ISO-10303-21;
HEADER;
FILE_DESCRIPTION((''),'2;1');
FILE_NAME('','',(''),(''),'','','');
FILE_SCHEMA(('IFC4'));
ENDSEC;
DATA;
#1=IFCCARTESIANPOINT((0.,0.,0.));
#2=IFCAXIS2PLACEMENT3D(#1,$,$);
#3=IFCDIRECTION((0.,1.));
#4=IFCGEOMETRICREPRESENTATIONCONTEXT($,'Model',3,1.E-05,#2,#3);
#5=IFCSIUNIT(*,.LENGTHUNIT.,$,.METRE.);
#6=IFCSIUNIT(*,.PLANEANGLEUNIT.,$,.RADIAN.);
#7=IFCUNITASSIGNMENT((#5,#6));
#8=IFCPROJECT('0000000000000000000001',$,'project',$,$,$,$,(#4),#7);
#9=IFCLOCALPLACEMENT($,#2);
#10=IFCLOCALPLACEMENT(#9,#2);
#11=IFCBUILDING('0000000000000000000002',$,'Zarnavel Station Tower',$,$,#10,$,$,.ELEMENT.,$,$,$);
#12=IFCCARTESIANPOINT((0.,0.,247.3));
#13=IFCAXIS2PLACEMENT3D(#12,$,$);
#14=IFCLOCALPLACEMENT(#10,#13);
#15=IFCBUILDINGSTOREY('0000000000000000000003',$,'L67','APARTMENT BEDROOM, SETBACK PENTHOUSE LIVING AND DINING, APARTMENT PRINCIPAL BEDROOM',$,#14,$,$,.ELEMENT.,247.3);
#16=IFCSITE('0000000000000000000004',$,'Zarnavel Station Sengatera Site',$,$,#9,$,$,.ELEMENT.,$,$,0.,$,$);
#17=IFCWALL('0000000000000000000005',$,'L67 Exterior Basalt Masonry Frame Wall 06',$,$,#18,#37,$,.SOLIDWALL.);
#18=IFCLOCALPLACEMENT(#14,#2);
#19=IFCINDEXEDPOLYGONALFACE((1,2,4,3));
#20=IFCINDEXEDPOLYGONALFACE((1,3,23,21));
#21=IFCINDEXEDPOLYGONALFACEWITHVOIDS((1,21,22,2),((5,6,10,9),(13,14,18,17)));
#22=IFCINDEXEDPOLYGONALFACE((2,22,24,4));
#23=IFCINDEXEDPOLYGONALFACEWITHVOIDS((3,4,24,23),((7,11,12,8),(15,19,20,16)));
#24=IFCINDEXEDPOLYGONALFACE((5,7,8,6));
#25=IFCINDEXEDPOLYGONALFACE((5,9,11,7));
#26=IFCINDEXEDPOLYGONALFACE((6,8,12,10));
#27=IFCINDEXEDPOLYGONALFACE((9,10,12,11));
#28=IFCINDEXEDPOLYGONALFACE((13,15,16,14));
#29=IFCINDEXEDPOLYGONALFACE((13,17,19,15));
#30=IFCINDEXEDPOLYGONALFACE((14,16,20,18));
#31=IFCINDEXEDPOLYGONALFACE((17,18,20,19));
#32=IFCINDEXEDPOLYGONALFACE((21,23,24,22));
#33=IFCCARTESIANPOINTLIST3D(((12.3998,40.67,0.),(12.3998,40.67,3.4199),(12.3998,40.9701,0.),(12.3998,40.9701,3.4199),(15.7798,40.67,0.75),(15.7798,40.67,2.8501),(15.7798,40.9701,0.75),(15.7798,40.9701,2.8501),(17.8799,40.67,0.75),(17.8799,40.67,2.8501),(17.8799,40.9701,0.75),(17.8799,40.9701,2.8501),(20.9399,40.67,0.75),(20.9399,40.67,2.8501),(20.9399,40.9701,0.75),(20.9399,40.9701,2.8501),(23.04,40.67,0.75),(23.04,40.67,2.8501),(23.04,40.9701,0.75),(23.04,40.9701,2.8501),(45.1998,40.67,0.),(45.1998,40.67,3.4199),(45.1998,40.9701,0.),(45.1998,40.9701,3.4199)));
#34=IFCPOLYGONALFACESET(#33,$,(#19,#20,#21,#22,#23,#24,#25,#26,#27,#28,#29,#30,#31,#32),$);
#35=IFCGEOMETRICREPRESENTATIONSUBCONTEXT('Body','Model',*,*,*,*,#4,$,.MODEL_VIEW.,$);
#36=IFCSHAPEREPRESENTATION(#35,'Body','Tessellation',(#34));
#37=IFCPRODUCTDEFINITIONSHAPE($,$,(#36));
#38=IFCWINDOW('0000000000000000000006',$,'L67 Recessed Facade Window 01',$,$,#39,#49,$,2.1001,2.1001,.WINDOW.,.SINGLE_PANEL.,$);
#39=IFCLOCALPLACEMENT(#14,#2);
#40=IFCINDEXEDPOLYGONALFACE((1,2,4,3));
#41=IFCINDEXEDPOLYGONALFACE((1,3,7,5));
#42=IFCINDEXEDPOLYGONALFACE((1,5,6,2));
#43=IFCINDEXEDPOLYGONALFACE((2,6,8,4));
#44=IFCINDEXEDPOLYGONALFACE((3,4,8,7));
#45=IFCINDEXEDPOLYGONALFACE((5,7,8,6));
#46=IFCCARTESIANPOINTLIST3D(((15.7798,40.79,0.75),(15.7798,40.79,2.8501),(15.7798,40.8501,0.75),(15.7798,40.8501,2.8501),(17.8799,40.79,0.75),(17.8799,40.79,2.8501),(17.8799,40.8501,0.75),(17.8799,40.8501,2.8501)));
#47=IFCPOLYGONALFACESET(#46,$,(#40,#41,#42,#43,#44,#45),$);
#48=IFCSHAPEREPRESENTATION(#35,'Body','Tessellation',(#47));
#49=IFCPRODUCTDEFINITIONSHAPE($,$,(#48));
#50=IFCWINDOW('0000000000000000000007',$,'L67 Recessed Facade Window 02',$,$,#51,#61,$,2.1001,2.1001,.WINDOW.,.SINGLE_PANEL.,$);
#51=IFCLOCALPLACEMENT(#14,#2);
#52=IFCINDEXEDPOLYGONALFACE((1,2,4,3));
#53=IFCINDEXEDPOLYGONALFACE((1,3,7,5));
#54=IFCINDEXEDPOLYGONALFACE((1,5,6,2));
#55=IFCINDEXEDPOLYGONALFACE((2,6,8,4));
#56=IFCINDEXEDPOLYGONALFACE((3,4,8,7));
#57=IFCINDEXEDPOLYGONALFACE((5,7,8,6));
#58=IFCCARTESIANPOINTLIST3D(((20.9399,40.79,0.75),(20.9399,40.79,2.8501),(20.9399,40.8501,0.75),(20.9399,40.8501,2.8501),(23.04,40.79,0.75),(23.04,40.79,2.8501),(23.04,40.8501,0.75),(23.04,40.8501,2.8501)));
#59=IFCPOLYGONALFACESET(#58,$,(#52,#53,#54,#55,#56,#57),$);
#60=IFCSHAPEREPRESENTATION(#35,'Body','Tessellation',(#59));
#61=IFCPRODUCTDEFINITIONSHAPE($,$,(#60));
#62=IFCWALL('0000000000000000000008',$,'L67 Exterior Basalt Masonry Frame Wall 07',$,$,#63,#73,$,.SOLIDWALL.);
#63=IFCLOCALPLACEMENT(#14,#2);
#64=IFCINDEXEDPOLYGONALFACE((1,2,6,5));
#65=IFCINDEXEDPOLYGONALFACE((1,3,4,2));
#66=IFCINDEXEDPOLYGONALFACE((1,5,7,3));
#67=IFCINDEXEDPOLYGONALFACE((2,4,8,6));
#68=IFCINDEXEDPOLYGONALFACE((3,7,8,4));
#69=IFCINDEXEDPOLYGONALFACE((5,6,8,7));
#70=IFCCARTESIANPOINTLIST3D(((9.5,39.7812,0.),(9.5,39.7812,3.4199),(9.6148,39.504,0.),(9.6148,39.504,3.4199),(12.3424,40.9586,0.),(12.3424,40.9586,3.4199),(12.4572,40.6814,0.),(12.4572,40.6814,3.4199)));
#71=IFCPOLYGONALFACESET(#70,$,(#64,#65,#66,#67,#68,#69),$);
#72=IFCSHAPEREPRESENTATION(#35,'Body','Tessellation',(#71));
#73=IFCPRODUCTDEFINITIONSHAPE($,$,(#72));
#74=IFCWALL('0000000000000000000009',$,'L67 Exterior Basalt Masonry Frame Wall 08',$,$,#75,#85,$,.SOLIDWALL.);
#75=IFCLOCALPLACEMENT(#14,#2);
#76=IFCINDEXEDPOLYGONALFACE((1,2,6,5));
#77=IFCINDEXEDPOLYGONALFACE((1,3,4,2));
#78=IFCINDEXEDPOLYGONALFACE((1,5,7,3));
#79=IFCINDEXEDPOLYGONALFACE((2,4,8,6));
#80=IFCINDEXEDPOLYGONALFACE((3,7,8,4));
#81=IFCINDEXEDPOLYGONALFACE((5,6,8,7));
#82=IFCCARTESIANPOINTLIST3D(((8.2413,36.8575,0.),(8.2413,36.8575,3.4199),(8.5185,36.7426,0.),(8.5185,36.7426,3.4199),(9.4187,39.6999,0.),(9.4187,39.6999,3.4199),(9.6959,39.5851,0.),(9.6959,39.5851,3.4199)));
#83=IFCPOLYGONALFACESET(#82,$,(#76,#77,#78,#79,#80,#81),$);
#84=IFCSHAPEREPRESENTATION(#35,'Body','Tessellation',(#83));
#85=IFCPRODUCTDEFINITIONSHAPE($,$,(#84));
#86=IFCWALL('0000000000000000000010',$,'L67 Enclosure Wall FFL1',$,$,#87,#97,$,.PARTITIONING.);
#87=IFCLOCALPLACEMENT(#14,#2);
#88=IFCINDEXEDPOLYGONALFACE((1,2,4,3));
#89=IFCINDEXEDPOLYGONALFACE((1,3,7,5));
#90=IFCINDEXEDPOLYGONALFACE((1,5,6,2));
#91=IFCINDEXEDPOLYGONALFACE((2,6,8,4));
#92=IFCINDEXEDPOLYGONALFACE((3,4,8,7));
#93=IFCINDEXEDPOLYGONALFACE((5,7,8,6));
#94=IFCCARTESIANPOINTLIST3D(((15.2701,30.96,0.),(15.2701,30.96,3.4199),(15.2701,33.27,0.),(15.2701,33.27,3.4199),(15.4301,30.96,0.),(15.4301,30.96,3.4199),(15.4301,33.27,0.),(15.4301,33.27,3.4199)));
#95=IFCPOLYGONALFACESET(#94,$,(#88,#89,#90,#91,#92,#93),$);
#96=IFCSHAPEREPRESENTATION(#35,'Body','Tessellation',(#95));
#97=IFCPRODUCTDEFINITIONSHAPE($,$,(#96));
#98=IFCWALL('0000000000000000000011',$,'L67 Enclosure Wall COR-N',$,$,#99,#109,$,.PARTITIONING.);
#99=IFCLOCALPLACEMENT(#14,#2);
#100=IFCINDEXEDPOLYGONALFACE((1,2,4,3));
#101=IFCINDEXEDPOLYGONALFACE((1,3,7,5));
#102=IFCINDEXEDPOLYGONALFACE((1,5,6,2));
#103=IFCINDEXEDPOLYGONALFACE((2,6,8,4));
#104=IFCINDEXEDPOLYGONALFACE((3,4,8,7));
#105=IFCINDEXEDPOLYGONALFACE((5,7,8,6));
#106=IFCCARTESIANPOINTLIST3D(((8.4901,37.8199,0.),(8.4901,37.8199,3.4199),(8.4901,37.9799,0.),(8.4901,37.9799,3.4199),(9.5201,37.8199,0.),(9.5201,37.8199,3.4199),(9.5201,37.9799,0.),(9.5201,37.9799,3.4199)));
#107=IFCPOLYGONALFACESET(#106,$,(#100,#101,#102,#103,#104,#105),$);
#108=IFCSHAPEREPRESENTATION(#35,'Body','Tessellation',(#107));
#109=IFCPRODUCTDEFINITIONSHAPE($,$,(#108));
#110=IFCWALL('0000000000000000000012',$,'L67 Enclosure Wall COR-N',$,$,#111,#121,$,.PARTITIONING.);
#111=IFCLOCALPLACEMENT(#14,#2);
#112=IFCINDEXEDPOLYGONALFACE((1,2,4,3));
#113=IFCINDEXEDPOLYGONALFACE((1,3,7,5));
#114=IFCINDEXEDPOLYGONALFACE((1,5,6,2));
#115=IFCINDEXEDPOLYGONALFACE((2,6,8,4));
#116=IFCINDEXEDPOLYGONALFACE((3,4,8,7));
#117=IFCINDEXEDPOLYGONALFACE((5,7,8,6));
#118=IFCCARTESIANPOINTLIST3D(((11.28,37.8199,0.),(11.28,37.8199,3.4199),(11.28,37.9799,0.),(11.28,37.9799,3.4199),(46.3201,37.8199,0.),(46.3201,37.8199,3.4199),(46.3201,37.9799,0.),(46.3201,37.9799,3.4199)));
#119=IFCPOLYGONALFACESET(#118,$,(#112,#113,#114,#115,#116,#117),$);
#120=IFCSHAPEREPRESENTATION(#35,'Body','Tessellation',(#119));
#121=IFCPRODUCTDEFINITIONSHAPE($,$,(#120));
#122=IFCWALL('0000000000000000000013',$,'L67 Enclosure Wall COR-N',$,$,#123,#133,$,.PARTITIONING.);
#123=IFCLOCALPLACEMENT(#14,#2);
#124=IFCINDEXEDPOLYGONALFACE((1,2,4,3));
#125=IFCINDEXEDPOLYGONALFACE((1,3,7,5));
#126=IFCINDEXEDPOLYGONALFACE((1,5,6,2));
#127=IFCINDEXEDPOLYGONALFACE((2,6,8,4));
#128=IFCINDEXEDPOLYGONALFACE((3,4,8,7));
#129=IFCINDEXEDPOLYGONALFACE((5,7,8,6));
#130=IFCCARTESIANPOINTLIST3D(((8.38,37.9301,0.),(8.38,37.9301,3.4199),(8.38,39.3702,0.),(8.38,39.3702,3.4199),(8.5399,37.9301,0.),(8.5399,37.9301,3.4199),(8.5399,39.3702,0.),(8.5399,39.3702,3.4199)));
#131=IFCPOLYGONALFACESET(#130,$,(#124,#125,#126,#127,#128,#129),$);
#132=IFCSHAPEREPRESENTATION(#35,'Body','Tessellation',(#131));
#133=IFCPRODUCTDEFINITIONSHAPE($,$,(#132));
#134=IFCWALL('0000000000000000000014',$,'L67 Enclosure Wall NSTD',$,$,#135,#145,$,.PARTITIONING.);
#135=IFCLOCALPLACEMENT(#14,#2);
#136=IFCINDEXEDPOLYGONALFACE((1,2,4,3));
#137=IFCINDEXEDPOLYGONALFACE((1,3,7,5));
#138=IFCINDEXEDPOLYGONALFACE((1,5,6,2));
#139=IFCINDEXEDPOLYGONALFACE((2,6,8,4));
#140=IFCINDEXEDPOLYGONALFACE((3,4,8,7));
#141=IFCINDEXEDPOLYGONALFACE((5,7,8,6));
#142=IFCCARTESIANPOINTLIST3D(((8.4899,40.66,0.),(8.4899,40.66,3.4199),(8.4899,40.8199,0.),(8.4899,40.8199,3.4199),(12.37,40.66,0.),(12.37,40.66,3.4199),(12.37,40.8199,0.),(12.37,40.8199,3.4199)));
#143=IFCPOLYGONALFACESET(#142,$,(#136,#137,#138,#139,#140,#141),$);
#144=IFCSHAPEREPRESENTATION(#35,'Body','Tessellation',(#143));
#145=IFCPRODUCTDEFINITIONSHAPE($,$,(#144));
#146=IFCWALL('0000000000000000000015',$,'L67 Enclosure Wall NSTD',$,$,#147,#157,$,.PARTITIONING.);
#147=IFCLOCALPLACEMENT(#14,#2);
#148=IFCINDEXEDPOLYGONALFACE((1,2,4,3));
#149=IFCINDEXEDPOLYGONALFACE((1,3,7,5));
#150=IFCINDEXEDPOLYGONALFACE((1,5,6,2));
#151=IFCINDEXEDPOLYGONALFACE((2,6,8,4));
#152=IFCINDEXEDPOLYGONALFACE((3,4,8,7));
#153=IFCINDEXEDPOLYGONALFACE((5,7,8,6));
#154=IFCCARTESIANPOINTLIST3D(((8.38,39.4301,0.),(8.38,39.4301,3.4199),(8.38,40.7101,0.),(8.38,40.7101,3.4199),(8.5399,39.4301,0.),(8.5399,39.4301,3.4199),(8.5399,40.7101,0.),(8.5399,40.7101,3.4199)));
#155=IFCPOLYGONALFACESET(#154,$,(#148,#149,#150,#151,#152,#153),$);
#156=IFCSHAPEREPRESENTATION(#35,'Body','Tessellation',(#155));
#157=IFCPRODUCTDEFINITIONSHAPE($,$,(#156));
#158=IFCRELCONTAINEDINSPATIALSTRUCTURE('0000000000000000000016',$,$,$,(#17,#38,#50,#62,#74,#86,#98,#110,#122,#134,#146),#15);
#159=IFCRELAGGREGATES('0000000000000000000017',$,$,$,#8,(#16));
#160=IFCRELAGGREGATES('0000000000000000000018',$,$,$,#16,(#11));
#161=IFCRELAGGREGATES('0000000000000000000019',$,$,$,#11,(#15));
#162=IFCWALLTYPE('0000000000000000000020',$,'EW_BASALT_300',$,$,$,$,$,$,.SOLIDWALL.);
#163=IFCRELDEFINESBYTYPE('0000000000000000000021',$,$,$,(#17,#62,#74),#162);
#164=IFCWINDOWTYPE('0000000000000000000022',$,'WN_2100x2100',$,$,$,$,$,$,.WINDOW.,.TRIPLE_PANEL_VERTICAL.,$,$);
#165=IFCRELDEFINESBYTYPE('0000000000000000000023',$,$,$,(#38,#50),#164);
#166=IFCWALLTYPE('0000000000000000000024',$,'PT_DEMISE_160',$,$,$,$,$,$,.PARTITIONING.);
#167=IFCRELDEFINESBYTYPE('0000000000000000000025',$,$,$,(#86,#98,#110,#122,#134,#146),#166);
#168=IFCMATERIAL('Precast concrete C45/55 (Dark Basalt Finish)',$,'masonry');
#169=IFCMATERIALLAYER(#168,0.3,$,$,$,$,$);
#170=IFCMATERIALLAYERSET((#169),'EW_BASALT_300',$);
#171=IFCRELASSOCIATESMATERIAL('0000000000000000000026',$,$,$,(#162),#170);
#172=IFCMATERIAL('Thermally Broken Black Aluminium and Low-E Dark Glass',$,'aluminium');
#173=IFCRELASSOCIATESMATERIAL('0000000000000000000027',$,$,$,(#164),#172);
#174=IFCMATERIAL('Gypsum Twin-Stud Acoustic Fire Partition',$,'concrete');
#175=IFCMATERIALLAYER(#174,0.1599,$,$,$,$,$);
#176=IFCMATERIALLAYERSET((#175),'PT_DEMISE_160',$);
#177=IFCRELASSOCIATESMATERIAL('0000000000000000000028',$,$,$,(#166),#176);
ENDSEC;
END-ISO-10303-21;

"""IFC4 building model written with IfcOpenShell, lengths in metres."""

from ifc_helpers import new_model, si_unit, direction, frame, frame_2d, origin, place, context, subcontext, project, spatial, rectangle, extrude, material, layer, layer_set, type_object, element, fill, save


model = new_model("IFC4")

# Units and contexts
model_context = context("Model", 3, precision=1e-05, world=origin(), true_north=direction((0.0, 1.0)))
body_context = subcontext(model_context, "Body", "Model", "MODEL_VIEW")
ifc_project = project(units=[si_unit("LENGTHUNIT", "METRE"), si_unit("PLANEANGLEUNIT", "RADIAN")], contexts=[model_context])

# Site, building, storey
site_placement = place(None, origin())
site = spatial("IfcSite", under=ifc_project, at=site_placement, Name="Zarnavel Station Sengatera Site", CompositionType="ELEMENT", RefElevation=0.0)
building_placement = place(site_placement, origin())
building = spatial("IfcBuilding", under=site, at=building_placement, Name="Zarnavel Station Tower", CompositionType="ELEMENT")
storey_placement = place(building_placement, frame((0.0, 0.0, 247.3)))
storey = spatial("IfcBuildingStorey", under=building, at=storey_placement, Name="L67", Description="APARTMENT BEDROOM, SETBACK PENTHOUSE LIVING AND DINING, APARTMENT PRINCIPAL BEDROOM", CompositionType="ELEMENT", Elevation=247.3)

# Wall, openings, windows
ifc_material_1 = material(Name="Precast concrete C45/55 (Dark Basalt Finish)", Category="masonry")
ifc_layer_1 = layer(ifc_material_1, 0.3)
ifc_layer_set_1 = layer_set([ifc_layer_1], Name="EW_BASALT_300")
wall_type_1 = type_object("IfcWallType", Name="EW_BASALT_300", PredefinedType="SOLIDWALL", material=ifc_layer_set_1)
wall_1_placement = place(storey_placement, frame((12.3999, 40.8201, 0.0), z_axis=(0.0, 0.0, 1.0), x_axis=(1.0, 0.0, 0.0)))
wall_1 = element("IfcWall", 1, at=wall_1_placement, inside=storey, type_object=wall_type_1, Name="L67 Exterior Basalt Masonry Frame Wall 06", PredefinedType="SOLIDWALL", context=body_context, shape_type="SweptSolid", body=[
    extrude(rectangle(XDim=32.8, YDim=0.3, at=frame_2d((16.3999, 0.0))), origin(), (0.0, 0.0, 1.0), 3.4199),
])
opening_1_placement = place(wall_1_placement, frame((3.3799, 0.0, 0.75)))
opening_1 = element("IfcOpeningElement", 2, at=opening_1_placement, cuts=wall_1, PredefinedType="OPENING", context=body_context, shape_type="SweptSolid", body=[
    extrude(rectangle(XDim=2.1001, YDim=2.1001, at=frame_2d((1.05, 1.05))), frame((0.0, 0.1599, 0.0), z_axis=(0.0, -1.0, 0.0), x_axis=(1.0, 0.0, 0.0)), (0.0, 0.0, 1.0), 0.3201),
])
opening_2_placement = place(wall_1_placement, frame((8.54, 0.0, 0.75)))
opening_2 = element("IfcOpeningElement", 3, at=opening_2_placement, cuts=wall_1, PredefinedType="OPENING", context=body_context, shape_type="SweptSolid", body=[
    extrude(rectangle(XDim=2.1001, YDim=2.1001, at=frame_2d((1.05, 1.05))), frame((0.0, 0.1599, 0.0), z_axis=(0.0, -1.0, 0.0), x_axis=(1.0, 0.0, 0.0)), (0.0, 0.0, 1.0), 0.3201),
])
ifc_material_2 = material(Name="Thermally Broken Black Aluminium and Low-E Dark Glass", Category="aluminium")
window_type = type_object("IfcWindowType", Name="WN_2100x2100", PartitioningType="TRIPLE_PANEL_VERTICAL", PredefinedType="WINDOW", material=ifc_material_2)
window_1_placement = place(opening_1_placement, origin())
window_1 = element("IfcWindow", 4, at=window_1_placement, inside=storey, type_object=window_type, Name="L67 Recessed Facade Window 01", OverallHeight=2.1001, OverallWidth=2.1001, PartitioningType="SINGLE_PANEL", PredefinedType="WINDOW", context=body_context, shape_type="SweptSolid", body=[
    extrude(rectangle(XDim=2.1001, YDim=2.1001, at=frame_2d((1.05, 1.05))), frame((0.0, 0.03, 0.0), z_axis=(0.0, -1.0, 0.0), x_axis=(1.0, 0.0, 0.0)), (0.0, 0.0, 1.0), 0.0601),
])
fill(opening_1, window_1)
window_2_placement = place(opening_2_placement, origin())
window_2 = element("IfcWindow", 5, at=window_2_placement, inside=storey, type_object=window_type, Name="L67 Recessed Facade Window 02", OverallHeight=2.1001, OverallWidth=2.1001, PartitioningType="SINGLE_PANEL", PredefinedType="WINDOW", context=body_context, shape_type="SweptSolid", body=[
    extrude(rectangle(XDim=2.1001, YDim=2.1001, at=frame_2d((1.05, 1.05))), frame((0.0, 0.03, 0.0), z_axis=(0.0, -1.0, 0.0), x_axis=(1.0, 0.0, 0.0)), (0.0, 0.0, 1.0), 0.0601),
])
fill(opening_2, window_2)

# Walls
for number, where, z_axis, x_axis, name in (
    (6, (9.5574, 39.6426, 0.0), (0.0, 0.0, 1.0), (0.923871, 0.382705, 0.0), "L67 Exterior Basalt Masonry Frame Wall 07"),
    (7, (8.3799, 36.8, 0.0), (0.0, 0.0, 1.0), (0.382705, 0.923871, 0.0), "L67 Exterior Basalt Masonry Frame Wall 08"),
):
    element("IfcWall", number, at=place(storey_placement, frame(where, z_axis=z_axis, x_axis=x_axis)), inside=storey, type_object=wall_type_1, Name=name, PredefinedType="SOLIDWALL", context=body_context, shape_type="SweptSolid", body=[
        extrude(rectangle(XDim=3.0767, YDim=0.3, at=frame_2d((1.5383, 0.0))), origin(), (0.0, 0.0, 1.0), 3.4199),
    ])
ifc_material_3 = material(Name="Gypsum Twin-Stud Acoustic Fire Partition", Category="concrete")
ifc_layer_2 = layer(ifc_material_3, 0.1599)
ifc_layer_set_2 = layer_set([ifc_layer_2], Name="PT_DEMISE_160")
wall_type_2 = type_object("IfcWallType", Name="PT_DEMISE_160", PredefinedType="PARTITIONING", material=ifc_layer_set_2)
wall_2_placement = place(storey_placement, frame((15.3501, 30.96, 0.0), z_axis=(0.0, 0.0, 1.0), x_axis=(0.0, 1.0, 0.0)))
element("IfcWall", 8, at=wall_2_placement, inside=storey, type_object=wall_type_2, Name="L67 Enclosure Wall FFL1", PredefinedType="PARTITIONING", context=body_context, shape_type="SweptSolid", body=[
    extrude(rectangle(XDim=2.3101, YDim=0.1599, at=frame_2d((1.155, 0.0))), origin(), (0.0, 0.0, 1.0), 3.4199),
])
wall_3_placement = place(storey_placement, frame((8.49, 37.8999, 0.0), z_axis=(0.0, 0.0, 1.0), x_axis=(1.0, 0.0, 0.0)))
element("IfcWall", 9, at=wall_3_placement, inside=storey, type_object=wall_type_2, Name="L67 Enclosure Wall COR-N", PredefinedType="PARTITIONING", context=body_context, shape_type="SweptSolid", body=[
    extrude(rectangle(XDim=1.03, YDim=0.1599, at=frame_2d((0.5151, 0.0))), origin(), (0.0, 0.0, 1.0), 3.4199),
])
wall_4_placement = place(storey_placement, frame((11.28, 37.8999, 0.0), z_axis=(0.0, 0.0, 1.0), x_axis=(1.0, 0.0, 0.0)))
element("IfcWall", 10, at=wall_4_placement, inside=storey, type_object=wall_type_2, Name="L67 Enclosure Wall COR-N", PredefinedType="PARTITIONING", context=body_context, shape_type="SweptSolid", body=[
    extrude(rectangle(XDim=35.04, YDim=0.1599, at=frame_2d((17.52, 0.0))), origin(), (0.0, 0.0, 1.0), 3.4199),
])
wall_5_placement = place(storey_placement, frame((8.46, 37.9299, 0.0), z_axis=(0.0, 0.0, 1.0), x_axis=(0.0, 1.0, 0.0)))
element("IfcWall", 11, at=wall_5_placement, inside=storey, type_object=wall_type_2, Name="L67 Enclosure Wall COR-N", PredefinedType="PARTITIONING", context=body_context, shape_type="SweptSolid", body=[
    extrude(rectangle(XDim=1.4402, YDim=0.1599, at=frame_2d((0.7202, 0.0))), origin(), (0.0, 0.0, 1.0), 3.4199),
])
wall_6_placement = place(storey_placement, frame((8.49, 40.74, 0.0), z_axis=(0.0, 0.0, 1.0), x_axis=(1.0, 0.0, 0.0)))
element("IfcWall", 12, at=wall_6_placement, inside=storey, type_object=wall_type_2, Name="L67 Enclosure Wall NSTD", PredefinedType="PARTITIONING", context=body_context, shape_type="SweptSolid", body=[
    extrude(rectangle(XDim=3.8801, YDim=0.1599, at=frame_2d((1.9399, 0.0))), origin(), (0.0, 0.0, 1.0), 3.4199),
])
wall_7_placement = place(storey_placement, frame((8.46, 39.4299, 0.0), z_axis=(0.0, 0.0, 1.0), x_axis=(0.0, 1.0, 0.0)))
element("IfcWall", 13, at=wall_7_placement, inside=storey, type_object=wall_type_2, Name="L67 Enclosure Wall NSTD", PredefinedType="PARTITIONING", context=body_context, shape_type="SweptSolid", body=[
    extrude(rectangle(XDim=1.28, YDim=0.1599, at=frame_2d((0.6401, 0.0))), origin(), (0.0, 0.0, 1.0), 3.4199),
])

save(model, "model.ifc")
